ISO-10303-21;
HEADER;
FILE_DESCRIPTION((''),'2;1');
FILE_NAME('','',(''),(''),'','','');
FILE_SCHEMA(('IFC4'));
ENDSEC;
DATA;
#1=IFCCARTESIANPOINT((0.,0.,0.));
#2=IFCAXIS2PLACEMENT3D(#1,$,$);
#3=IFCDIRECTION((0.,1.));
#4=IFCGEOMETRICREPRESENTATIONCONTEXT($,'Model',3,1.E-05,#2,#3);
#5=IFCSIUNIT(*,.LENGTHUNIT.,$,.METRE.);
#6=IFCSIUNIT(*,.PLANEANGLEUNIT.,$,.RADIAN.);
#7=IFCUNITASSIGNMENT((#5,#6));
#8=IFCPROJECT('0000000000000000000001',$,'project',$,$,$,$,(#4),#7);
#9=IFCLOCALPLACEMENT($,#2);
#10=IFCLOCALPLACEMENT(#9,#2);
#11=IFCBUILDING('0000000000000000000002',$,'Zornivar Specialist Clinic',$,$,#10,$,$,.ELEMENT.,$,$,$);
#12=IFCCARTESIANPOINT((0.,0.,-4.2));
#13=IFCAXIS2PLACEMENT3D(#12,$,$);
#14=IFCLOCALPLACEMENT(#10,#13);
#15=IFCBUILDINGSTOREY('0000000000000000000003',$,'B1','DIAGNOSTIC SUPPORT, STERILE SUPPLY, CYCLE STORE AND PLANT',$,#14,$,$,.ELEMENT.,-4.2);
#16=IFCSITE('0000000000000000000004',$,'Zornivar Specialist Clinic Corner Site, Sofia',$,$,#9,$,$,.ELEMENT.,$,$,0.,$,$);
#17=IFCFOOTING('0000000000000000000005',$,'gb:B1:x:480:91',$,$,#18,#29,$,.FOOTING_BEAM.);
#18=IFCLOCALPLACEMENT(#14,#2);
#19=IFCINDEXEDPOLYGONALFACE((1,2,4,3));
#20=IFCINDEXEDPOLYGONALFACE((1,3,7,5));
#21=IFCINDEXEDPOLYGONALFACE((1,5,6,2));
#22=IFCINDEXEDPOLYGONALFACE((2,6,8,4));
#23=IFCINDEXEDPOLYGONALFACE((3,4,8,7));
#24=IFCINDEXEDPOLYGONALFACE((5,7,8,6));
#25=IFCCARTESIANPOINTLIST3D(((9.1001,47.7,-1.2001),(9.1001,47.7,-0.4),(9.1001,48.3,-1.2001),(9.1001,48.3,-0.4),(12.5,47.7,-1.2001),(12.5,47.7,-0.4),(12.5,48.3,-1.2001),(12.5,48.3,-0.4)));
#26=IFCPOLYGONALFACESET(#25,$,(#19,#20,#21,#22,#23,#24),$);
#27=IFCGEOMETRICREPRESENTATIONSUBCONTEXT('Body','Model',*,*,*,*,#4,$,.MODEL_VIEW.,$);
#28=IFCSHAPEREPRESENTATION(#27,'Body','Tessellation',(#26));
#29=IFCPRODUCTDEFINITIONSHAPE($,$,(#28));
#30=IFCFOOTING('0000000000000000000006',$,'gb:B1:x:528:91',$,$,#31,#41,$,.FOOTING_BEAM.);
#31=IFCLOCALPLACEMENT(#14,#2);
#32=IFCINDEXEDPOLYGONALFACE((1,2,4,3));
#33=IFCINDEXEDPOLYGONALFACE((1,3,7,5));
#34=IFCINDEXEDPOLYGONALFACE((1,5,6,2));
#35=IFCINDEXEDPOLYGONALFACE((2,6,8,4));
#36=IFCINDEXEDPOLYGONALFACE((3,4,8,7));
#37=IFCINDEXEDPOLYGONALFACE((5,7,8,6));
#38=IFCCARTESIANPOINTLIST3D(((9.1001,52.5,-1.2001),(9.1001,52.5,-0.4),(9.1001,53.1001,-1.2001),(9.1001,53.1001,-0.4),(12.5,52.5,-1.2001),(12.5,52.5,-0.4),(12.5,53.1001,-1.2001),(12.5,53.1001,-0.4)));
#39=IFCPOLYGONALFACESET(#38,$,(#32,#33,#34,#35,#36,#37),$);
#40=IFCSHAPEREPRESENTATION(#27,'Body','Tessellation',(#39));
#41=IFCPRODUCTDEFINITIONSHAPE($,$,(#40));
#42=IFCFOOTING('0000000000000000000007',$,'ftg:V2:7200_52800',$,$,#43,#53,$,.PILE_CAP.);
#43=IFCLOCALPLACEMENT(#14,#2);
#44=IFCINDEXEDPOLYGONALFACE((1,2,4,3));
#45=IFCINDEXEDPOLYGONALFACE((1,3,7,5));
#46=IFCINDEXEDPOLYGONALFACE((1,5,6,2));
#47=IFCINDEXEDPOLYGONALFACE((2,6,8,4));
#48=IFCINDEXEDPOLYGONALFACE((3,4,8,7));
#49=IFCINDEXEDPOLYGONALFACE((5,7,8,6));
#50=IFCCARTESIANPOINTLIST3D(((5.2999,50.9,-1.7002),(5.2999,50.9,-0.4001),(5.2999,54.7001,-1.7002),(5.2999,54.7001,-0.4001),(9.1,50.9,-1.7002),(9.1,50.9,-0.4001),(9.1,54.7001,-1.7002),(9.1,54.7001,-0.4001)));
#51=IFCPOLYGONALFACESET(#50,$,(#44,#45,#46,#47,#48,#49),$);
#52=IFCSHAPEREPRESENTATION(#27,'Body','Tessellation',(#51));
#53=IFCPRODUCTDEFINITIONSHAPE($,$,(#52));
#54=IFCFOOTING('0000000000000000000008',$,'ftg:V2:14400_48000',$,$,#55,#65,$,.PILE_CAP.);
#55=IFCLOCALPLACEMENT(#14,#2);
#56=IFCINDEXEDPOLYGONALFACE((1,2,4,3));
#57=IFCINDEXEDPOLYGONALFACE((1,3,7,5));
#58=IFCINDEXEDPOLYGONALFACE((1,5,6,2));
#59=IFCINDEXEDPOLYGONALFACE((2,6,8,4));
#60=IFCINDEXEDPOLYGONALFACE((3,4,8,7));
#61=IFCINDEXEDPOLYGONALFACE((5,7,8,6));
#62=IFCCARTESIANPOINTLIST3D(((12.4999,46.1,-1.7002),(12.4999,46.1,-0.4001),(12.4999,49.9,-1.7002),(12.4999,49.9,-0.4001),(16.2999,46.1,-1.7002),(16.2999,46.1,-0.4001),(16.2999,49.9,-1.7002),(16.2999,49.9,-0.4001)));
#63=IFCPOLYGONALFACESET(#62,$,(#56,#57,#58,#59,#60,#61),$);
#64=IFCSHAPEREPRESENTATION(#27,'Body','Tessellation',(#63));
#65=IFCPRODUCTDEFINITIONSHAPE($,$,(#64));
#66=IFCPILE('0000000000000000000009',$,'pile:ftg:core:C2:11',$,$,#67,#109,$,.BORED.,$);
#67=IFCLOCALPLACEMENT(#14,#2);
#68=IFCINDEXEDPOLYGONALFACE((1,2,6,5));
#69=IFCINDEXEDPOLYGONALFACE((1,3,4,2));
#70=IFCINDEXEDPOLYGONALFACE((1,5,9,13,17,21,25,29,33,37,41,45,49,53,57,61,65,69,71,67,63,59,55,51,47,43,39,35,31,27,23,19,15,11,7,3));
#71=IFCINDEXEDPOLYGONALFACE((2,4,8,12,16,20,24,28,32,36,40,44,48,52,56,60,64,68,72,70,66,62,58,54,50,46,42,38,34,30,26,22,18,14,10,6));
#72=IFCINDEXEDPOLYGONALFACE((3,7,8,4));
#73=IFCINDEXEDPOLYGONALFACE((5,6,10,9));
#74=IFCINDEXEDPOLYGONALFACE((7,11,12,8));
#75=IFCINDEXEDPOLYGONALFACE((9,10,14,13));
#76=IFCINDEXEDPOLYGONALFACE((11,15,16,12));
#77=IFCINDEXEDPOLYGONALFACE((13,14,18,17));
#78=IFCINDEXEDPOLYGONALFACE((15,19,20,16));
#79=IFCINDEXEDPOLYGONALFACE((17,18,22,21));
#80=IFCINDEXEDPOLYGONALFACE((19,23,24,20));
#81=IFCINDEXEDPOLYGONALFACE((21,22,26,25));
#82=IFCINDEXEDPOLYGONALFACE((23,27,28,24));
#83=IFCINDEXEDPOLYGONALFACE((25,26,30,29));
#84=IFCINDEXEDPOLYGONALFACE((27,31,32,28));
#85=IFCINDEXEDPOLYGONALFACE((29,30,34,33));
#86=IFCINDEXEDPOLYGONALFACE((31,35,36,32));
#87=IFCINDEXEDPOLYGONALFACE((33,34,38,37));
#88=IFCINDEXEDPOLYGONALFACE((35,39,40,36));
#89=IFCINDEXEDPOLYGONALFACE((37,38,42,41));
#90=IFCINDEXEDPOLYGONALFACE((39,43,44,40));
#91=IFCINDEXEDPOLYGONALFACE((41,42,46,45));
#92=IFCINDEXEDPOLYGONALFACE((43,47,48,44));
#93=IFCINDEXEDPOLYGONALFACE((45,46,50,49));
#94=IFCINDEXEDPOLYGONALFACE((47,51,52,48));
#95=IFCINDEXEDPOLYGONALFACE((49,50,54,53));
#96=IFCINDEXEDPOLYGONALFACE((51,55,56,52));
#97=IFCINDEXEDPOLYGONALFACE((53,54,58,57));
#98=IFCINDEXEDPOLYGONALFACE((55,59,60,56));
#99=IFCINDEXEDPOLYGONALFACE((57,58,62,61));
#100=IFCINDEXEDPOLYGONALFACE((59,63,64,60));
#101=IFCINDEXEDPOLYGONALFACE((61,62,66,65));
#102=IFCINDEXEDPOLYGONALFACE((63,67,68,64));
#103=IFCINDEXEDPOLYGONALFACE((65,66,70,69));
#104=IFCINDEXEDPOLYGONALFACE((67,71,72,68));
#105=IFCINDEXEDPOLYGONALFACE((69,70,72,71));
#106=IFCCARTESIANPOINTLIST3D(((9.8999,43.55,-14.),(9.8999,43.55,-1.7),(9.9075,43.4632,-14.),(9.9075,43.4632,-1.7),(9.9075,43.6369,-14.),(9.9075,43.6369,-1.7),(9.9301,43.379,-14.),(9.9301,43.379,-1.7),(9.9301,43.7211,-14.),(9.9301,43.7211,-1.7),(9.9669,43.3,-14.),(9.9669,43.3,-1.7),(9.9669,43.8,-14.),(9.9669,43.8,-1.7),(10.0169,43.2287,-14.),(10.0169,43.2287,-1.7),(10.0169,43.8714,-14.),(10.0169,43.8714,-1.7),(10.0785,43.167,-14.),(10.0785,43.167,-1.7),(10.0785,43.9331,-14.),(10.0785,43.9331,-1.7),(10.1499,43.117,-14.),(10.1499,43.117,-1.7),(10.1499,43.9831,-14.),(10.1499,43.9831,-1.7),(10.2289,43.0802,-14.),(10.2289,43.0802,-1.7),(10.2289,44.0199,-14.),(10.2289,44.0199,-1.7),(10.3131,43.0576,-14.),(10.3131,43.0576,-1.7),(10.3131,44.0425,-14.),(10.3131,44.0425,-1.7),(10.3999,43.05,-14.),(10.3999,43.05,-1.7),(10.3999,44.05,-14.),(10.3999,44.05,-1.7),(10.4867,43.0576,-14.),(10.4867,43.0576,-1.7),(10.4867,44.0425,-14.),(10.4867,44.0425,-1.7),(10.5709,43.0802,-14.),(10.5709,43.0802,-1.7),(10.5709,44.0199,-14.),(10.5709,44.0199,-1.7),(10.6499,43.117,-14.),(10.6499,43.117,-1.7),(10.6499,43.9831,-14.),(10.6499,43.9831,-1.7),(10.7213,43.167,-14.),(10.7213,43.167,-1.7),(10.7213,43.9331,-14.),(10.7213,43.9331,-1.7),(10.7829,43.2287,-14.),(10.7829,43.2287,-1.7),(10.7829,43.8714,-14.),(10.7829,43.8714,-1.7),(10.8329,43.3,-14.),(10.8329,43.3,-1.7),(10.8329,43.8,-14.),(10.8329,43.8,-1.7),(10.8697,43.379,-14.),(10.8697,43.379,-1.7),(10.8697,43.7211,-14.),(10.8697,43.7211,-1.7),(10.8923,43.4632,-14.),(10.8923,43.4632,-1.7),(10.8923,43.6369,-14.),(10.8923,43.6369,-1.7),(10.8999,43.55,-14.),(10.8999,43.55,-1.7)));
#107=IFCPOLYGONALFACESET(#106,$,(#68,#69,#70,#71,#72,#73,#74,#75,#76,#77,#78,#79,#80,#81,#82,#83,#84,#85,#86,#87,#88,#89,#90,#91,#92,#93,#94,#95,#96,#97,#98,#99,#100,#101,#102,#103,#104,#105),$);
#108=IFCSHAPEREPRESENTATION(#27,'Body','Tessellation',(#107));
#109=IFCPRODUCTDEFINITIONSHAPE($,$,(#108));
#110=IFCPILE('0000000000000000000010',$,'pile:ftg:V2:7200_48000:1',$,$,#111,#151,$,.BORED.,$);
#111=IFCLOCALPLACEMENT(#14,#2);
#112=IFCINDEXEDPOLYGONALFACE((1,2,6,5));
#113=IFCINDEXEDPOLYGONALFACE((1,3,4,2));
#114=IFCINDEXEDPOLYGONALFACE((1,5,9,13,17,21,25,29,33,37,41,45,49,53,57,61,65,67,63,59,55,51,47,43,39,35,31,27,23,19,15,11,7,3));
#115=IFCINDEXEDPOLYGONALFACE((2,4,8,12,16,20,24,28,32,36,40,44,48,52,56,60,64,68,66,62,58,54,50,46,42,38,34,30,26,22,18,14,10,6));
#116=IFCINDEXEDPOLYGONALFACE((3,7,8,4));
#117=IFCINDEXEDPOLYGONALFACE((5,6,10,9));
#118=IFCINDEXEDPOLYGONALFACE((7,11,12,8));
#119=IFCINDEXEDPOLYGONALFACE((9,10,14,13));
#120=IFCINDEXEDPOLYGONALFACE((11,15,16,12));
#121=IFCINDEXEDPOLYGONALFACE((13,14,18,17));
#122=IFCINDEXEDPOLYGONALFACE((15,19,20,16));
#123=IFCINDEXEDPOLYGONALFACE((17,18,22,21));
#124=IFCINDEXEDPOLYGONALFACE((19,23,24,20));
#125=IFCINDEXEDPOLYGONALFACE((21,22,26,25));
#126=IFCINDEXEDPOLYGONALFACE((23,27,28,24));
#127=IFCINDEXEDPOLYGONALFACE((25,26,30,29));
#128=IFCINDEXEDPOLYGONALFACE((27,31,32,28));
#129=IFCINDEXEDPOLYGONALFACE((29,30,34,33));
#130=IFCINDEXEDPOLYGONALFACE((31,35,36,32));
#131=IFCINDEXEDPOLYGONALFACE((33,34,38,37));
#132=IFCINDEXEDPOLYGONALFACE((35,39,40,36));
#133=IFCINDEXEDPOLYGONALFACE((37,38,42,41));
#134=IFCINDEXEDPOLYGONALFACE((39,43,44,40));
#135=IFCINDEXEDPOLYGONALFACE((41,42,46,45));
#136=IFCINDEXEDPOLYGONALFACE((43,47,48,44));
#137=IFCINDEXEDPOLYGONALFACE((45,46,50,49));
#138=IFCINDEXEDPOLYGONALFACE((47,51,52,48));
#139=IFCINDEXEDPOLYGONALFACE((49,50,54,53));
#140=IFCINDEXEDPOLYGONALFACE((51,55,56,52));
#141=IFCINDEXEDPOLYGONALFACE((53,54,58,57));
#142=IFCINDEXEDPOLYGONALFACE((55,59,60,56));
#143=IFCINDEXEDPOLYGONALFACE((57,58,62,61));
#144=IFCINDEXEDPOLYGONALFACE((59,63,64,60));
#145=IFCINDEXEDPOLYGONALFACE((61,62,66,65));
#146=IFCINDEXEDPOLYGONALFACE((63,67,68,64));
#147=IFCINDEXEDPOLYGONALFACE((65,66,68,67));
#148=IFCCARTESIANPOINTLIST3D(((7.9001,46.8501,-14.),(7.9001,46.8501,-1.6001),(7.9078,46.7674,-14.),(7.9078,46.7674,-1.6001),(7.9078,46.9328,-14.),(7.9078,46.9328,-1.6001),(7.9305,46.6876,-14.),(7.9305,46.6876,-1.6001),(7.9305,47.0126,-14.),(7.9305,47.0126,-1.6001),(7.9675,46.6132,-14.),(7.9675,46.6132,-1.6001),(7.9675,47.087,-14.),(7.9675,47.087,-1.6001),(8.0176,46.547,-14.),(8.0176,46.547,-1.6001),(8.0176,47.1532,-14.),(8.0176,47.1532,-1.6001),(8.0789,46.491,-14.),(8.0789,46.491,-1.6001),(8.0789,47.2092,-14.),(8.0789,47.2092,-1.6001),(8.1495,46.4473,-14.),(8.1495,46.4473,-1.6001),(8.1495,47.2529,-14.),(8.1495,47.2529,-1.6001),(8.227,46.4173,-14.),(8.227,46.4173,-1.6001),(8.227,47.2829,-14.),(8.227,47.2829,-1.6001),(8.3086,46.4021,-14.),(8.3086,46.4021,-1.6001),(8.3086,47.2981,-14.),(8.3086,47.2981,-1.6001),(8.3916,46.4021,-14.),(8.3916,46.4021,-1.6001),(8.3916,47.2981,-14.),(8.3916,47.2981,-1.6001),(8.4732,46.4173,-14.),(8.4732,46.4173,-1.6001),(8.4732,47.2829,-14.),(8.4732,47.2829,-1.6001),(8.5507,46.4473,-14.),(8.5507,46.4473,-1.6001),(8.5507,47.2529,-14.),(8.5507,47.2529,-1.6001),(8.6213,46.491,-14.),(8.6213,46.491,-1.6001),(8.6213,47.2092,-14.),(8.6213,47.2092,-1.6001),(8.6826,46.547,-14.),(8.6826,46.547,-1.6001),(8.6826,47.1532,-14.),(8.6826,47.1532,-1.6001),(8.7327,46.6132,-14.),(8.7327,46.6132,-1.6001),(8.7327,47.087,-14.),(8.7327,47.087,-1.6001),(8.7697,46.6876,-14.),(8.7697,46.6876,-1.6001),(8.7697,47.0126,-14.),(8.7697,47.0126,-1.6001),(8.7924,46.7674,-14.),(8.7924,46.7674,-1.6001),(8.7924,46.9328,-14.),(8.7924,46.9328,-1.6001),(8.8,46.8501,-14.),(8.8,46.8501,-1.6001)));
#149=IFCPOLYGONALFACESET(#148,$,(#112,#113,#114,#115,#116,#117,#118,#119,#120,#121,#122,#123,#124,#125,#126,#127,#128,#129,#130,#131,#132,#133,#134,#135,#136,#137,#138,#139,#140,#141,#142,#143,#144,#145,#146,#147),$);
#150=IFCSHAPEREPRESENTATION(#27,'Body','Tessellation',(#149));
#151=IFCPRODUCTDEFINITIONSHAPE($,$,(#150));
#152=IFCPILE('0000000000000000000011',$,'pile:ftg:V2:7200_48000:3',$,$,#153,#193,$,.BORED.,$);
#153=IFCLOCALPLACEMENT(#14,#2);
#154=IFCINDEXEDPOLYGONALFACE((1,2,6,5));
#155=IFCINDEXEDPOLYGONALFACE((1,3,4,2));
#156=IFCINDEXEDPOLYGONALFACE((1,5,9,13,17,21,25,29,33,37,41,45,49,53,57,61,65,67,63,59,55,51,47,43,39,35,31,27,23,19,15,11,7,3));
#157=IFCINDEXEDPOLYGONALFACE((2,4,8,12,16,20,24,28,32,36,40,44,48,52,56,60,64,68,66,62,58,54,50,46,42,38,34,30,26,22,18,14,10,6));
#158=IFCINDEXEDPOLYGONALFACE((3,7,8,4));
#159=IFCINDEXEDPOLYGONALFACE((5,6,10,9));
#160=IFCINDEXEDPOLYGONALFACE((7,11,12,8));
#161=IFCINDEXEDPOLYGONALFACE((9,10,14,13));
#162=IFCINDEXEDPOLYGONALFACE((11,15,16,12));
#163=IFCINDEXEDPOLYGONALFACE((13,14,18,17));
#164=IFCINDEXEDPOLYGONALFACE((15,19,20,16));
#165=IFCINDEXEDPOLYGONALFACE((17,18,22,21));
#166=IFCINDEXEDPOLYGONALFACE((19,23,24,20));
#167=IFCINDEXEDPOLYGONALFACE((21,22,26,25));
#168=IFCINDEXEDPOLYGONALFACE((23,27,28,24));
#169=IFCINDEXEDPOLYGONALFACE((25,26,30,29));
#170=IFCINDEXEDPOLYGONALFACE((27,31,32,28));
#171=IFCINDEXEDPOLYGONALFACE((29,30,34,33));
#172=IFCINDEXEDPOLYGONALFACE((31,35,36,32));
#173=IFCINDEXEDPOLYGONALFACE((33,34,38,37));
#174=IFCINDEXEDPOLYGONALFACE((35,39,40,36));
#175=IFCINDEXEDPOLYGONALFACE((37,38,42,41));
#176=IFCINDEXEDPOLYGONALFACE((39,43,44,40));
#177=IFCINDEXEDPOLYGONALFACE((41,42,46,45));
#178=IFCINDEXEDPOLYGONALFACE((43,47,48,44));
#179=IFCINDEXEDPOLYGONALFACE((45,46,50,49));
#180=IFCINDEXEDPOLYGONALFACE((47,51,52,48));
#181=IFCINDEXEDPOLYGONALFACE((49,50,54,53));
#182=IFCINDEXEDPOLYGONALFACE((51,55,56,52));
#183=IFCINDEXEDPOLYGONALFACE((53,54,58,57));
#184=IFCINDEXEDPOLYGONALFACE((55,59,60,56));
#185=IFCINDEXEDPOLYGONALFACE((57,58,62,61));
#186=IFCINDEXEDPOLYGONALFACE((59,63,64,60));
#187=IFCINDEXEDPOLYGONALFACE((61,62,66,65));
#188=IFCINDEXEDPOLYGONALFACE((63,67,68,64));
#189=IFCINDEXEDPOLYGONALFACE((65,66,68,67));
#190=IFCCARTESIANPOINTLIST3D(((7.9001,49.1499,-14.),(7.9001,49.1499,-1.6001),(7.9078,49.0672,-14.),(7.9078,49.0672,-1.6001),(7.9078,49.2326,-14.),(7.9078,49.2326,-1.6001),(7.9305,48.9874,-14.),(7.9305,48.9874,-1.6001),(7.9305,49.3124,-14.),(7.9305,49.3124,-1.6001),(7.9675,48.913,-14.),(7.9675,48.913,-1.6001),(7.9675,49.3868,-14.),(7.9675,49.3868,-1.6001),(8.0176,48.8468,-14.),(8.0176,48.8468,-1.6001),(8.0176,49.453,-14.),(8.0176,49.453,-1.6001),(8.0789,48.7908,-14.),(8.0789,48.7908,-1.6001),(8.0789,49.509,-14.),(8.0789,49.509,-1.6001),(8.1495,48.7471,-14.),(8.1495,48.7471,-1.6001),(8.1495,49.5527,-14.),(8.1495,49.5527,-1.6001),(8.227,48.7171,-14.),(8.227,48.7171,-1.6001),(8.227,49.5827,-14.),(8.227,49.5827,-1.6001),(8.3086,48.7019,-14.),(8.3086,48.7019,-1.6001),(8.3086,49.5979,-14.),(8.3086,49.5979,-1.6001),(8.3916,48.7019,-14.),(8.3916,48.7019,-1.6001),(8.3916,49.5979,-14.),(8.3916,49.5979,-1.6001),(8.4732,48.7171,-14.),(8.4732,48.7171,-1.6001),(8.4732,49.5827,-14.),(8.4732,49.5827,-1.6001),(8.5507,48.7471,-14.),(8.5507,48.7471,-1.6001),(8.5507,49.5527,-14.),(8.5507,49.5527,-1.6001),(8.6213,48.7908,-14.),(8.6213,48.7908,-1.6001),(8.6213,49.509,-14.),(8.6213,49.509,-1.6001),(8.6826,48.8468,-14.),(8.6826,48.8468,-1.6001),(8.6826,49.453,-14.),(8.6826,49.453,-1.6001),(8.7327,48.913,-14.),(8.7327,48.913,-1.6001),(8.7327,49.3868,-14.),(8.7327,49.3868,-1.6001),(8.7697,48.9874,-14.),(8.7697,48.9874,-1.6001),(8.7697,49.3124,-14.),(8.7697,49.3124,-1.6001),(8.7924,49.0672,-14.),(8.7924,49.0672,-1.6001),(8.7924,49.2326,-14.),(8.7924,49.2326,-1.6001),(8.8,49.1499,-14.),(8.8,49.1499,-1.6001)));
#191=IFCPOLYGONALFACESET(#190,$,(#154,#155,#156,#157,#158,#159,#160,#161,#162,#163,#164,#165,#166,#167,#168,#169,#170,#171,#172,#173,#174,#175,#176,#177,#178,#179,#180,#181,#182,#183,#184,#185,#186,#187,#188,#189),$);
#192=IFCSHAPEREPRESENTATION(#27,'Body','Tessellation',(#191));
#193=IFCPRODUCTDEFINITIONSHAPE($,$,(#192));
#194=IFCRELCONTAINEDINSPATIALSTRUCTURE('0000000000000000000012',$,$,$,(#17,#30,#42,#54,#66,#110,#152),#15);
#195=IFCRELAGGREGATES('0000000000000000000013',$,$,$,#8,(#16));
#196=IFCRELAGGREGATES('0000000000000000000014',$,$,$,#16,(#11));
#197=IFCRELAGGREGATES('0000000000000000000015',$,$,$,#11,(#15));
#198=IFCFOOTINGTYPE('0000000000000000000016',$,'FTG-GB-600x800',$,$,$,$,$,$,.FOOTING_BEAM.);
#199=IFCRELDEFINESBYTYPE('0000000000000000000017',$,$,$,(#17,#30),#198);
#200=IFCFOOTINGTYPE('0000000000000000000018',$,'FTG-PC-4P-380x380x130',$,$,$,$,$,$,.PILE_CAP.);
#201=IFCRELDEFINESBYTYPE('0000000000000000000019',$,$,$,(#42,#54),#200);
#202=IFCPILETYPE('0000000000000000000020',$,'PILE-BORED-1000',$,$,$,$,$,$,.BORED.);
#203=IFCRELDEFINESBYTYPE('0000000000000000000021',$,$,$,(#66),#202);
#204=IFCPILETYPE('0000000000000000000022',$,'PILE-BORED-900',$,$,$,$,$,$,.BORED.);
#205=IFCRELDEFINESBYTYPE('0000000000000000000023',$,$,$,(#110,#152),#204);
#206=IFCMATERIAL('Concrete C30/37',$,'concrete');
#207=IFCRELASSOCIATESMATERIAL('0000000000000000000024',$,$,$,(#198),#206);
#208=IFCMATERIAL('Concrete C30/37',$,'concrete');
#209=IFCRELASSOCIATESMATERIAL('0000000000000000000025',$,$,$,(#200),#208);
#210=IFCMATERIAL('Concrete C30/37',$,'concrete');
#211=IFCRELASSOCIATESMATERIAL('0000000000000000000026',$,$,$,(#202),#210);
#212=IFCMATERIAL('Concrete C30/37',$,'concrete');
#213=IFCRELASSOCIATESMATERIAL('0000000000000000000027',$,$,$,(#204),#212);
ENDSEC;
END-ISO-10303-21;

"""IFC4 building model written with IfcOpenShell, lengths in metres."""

from ifc_helpers import new_model, si_unit, direction, frame, origin, origin_2d, place, context, subcontext, project, spatial, rectangle, circle, extrude, material, material_profile, profile_set, type_object, element, save


model = new_model("IFC4")

# Units and contexts
model_context = context("Model", 3, precision=1e-05, world=origin(), true_north=direction((0.0, 1.0)))
body_context = subcontext(model_context, "Body", "Model", "MODEL_VIEW")
ifc_project = project(units=[si_unit("LENGTHUNIT", "METRE"), si_unit("PLANEANGLEUNIT", "RADIAN")], contexts=[model_context])

# Site, building, storey
site_placement = place(None, origin())
site = spatial("IfcSite", under=ifc_project, at=site_placement, Name="Zornivar Specialist Clinic Corner Site, Sofia", CompositionType="ELEMENT", RefElevation=0.0)
building_placement = place(site_placement, origin())
building = spatial("IfcBuilding", under=site, at=building_placement, Name="Zornivar Specialist Clinic", CompositionType="ELEMENT")
storey_placement = place(building_placement, frame((0.0, 0.0, -4.2)))
storey = spatial("IfcBuildingStorey", under=building, at=storey_placement, Name="B1", Description="DIAGNOSTIC SUPPORT, STERILE SUPPLY, CYCLE STORE AND PLANT", CompositionType="ELEMENT", Elevation=-4.2)

# Footings
ifc_material_1 = material(Name="Concrete C30/37", Category="concrete")
ifc_material_profile_1 = material_profile(ifc_material_1, rectangle(XDim=0.6001, YDim=0.8, at=origin_2d()), Name="RC 600x800")
ifc_profile_set_1 = profile_set([ifc_material_profile_1], Name="Concrete C30/37")
footing_type_1 = type_object("IfcFootingType", Name="FTG-GB-600x800", PredefinedType="FOOTING_BEAM", material=ifc_profile_set_1)
for number, where, z_axis, x_axis, name in (
    (1, (9.1001, 48.0, -0.8), (1.0, 0.0, 0.0), (0.0, 1.0, 0.0), "gb:B1:x:480:91"),
    (2, (9.1001, 52.8, -0.8), (1.0, 0.0, 0.0), (0.0, 1.0, 0.0), "gb:B1:x:528:91"),
):
    element("IfcFooting", number, at=place(storey_placement, frame(where, z_axis=z_axis, x_axis=x_axis)), inside=storey, type_object=footing_type_1, Name=name, PredefinedType="FOOTING_BEAM", context=body_context, shape_type="SweptSolid", body=[
        extrude(rectangle(XDim=0.6001, YDim=0.8, at=origin_2d()), origin(), (0.0, 0.0, 1.0), 3.3999),
    ])
ifc_material_2 = material(Name="Concrete C30/37", Category="concrete")
footing_type_2 = type_object("IfcFootingType", Name="FTG-PC-4P-380x380x130", PredefinedType="PILE_CAP", material=ifc_material_2)
for number, where, z_axis, x_axis, name in (
    (3, (7.2, 52.8, -1.7002), (0.0, 0.0, 1.0), (1.0, 0.0, 0.0), "ftg:V2:7200_52800"),
    (4, (14.3999, 48.0, -1.7002), (0.0, 0.0, 1.0), (1.0, 0.0, 0.0), "ftg:V2:14400_48000"),
):
    element("IfcFooting", number, at=place(storey_placement, frame(where, z_axis=z_axis, x_axis=x_axis)), inside=storey, type_object=footing_type_2, Name=name, PredefinedType="PILE_CAP", context=body_context, shape_type="SweptSolid", body=[
        extrude(rectangle(XDim=3.8, YDim=3.8, at=origin_2d()), origin(), (0.0, 0.0, 1.0), 1.3),
    ])

# Piles
ifc_material_3 = material(Name="Concrete C30/37", Category="concrete")
ifc_material_profile_2 = material_profile(ifc_material_3, circle(Radius=0.5, at=origin_2d()), Name="PILE D1000")
ifc_profile_set_2 = profile_set([ifc_material_profile_2], Name="Concrete C30/37")
pile_type_1 = type_object("IfcPileType", Name="PILE-BORED-1000", PredefinedType="BORED", material=ifc_profile_set_2)
pile_placement = place(storey_placement, frame((10.3999, 43.55, -1.7), z_axis=(0.0, 0.0, -1.0), x_axis=(1.0, 0.0, 0.0)))
element("IfcPile", 5, at=pile_placement, inside=storey, type_object=pile_type_1, Name="pile:ftg:core:C2:11", PredefinedType="BORED", context=body_context, shape_type="SweptSolid", body=[
    extrude(circle(Radius=0.5, at=origin_2d()), origin(), (0.0, 0.0, 1.0), 12.3),
])
ifc_material_4 = material(Name="Concrete C30/37", Category="concrete")
ifc_material_profile_3 = material_profile(ifc_material_4, circle(Radius=0.45, at=origin_2d()), Name="PILE D900")
ifc_profile_set_3 = profile_set([ifc_material_profile_3], Name="Concrete C30/37")
pile_type_2 = type_object("IfcPileType", Name="PILE-BORED-900", PredefinedType="BORED", material=ifc_profile_set_3)
for number, where, z_axis, x_axis, name in (
    (6, (8.3501, 46.8501, -1.6001), (0.0, 0.0, -1.0), (1.0, 0.0, 0.0), "pile:ftg:V2:7200_48000:1"),
    (7, (8.3501, 49.1499, -1.6001), (0.0, 0.0, -1.0), (1.0, 0.0, 0.0), "pile:ftg:V2:7200_48000:3"),
):
    element("IfcPile", number, at=place(storey_placement, frame(where, z_axis=z_axis, x_axis=x_axis)), inside=storey, type_object=pile_type_2, Name=name, PredefinedType="BORED", context=body_context, shape_type="SweptSolid", body=[
        extrude(circle(Radius=0.45, at=origin_2d()), origin(), (0.0, 0.0, 1.0), 12.3999),
    ])

save(model, "model.ifc")
